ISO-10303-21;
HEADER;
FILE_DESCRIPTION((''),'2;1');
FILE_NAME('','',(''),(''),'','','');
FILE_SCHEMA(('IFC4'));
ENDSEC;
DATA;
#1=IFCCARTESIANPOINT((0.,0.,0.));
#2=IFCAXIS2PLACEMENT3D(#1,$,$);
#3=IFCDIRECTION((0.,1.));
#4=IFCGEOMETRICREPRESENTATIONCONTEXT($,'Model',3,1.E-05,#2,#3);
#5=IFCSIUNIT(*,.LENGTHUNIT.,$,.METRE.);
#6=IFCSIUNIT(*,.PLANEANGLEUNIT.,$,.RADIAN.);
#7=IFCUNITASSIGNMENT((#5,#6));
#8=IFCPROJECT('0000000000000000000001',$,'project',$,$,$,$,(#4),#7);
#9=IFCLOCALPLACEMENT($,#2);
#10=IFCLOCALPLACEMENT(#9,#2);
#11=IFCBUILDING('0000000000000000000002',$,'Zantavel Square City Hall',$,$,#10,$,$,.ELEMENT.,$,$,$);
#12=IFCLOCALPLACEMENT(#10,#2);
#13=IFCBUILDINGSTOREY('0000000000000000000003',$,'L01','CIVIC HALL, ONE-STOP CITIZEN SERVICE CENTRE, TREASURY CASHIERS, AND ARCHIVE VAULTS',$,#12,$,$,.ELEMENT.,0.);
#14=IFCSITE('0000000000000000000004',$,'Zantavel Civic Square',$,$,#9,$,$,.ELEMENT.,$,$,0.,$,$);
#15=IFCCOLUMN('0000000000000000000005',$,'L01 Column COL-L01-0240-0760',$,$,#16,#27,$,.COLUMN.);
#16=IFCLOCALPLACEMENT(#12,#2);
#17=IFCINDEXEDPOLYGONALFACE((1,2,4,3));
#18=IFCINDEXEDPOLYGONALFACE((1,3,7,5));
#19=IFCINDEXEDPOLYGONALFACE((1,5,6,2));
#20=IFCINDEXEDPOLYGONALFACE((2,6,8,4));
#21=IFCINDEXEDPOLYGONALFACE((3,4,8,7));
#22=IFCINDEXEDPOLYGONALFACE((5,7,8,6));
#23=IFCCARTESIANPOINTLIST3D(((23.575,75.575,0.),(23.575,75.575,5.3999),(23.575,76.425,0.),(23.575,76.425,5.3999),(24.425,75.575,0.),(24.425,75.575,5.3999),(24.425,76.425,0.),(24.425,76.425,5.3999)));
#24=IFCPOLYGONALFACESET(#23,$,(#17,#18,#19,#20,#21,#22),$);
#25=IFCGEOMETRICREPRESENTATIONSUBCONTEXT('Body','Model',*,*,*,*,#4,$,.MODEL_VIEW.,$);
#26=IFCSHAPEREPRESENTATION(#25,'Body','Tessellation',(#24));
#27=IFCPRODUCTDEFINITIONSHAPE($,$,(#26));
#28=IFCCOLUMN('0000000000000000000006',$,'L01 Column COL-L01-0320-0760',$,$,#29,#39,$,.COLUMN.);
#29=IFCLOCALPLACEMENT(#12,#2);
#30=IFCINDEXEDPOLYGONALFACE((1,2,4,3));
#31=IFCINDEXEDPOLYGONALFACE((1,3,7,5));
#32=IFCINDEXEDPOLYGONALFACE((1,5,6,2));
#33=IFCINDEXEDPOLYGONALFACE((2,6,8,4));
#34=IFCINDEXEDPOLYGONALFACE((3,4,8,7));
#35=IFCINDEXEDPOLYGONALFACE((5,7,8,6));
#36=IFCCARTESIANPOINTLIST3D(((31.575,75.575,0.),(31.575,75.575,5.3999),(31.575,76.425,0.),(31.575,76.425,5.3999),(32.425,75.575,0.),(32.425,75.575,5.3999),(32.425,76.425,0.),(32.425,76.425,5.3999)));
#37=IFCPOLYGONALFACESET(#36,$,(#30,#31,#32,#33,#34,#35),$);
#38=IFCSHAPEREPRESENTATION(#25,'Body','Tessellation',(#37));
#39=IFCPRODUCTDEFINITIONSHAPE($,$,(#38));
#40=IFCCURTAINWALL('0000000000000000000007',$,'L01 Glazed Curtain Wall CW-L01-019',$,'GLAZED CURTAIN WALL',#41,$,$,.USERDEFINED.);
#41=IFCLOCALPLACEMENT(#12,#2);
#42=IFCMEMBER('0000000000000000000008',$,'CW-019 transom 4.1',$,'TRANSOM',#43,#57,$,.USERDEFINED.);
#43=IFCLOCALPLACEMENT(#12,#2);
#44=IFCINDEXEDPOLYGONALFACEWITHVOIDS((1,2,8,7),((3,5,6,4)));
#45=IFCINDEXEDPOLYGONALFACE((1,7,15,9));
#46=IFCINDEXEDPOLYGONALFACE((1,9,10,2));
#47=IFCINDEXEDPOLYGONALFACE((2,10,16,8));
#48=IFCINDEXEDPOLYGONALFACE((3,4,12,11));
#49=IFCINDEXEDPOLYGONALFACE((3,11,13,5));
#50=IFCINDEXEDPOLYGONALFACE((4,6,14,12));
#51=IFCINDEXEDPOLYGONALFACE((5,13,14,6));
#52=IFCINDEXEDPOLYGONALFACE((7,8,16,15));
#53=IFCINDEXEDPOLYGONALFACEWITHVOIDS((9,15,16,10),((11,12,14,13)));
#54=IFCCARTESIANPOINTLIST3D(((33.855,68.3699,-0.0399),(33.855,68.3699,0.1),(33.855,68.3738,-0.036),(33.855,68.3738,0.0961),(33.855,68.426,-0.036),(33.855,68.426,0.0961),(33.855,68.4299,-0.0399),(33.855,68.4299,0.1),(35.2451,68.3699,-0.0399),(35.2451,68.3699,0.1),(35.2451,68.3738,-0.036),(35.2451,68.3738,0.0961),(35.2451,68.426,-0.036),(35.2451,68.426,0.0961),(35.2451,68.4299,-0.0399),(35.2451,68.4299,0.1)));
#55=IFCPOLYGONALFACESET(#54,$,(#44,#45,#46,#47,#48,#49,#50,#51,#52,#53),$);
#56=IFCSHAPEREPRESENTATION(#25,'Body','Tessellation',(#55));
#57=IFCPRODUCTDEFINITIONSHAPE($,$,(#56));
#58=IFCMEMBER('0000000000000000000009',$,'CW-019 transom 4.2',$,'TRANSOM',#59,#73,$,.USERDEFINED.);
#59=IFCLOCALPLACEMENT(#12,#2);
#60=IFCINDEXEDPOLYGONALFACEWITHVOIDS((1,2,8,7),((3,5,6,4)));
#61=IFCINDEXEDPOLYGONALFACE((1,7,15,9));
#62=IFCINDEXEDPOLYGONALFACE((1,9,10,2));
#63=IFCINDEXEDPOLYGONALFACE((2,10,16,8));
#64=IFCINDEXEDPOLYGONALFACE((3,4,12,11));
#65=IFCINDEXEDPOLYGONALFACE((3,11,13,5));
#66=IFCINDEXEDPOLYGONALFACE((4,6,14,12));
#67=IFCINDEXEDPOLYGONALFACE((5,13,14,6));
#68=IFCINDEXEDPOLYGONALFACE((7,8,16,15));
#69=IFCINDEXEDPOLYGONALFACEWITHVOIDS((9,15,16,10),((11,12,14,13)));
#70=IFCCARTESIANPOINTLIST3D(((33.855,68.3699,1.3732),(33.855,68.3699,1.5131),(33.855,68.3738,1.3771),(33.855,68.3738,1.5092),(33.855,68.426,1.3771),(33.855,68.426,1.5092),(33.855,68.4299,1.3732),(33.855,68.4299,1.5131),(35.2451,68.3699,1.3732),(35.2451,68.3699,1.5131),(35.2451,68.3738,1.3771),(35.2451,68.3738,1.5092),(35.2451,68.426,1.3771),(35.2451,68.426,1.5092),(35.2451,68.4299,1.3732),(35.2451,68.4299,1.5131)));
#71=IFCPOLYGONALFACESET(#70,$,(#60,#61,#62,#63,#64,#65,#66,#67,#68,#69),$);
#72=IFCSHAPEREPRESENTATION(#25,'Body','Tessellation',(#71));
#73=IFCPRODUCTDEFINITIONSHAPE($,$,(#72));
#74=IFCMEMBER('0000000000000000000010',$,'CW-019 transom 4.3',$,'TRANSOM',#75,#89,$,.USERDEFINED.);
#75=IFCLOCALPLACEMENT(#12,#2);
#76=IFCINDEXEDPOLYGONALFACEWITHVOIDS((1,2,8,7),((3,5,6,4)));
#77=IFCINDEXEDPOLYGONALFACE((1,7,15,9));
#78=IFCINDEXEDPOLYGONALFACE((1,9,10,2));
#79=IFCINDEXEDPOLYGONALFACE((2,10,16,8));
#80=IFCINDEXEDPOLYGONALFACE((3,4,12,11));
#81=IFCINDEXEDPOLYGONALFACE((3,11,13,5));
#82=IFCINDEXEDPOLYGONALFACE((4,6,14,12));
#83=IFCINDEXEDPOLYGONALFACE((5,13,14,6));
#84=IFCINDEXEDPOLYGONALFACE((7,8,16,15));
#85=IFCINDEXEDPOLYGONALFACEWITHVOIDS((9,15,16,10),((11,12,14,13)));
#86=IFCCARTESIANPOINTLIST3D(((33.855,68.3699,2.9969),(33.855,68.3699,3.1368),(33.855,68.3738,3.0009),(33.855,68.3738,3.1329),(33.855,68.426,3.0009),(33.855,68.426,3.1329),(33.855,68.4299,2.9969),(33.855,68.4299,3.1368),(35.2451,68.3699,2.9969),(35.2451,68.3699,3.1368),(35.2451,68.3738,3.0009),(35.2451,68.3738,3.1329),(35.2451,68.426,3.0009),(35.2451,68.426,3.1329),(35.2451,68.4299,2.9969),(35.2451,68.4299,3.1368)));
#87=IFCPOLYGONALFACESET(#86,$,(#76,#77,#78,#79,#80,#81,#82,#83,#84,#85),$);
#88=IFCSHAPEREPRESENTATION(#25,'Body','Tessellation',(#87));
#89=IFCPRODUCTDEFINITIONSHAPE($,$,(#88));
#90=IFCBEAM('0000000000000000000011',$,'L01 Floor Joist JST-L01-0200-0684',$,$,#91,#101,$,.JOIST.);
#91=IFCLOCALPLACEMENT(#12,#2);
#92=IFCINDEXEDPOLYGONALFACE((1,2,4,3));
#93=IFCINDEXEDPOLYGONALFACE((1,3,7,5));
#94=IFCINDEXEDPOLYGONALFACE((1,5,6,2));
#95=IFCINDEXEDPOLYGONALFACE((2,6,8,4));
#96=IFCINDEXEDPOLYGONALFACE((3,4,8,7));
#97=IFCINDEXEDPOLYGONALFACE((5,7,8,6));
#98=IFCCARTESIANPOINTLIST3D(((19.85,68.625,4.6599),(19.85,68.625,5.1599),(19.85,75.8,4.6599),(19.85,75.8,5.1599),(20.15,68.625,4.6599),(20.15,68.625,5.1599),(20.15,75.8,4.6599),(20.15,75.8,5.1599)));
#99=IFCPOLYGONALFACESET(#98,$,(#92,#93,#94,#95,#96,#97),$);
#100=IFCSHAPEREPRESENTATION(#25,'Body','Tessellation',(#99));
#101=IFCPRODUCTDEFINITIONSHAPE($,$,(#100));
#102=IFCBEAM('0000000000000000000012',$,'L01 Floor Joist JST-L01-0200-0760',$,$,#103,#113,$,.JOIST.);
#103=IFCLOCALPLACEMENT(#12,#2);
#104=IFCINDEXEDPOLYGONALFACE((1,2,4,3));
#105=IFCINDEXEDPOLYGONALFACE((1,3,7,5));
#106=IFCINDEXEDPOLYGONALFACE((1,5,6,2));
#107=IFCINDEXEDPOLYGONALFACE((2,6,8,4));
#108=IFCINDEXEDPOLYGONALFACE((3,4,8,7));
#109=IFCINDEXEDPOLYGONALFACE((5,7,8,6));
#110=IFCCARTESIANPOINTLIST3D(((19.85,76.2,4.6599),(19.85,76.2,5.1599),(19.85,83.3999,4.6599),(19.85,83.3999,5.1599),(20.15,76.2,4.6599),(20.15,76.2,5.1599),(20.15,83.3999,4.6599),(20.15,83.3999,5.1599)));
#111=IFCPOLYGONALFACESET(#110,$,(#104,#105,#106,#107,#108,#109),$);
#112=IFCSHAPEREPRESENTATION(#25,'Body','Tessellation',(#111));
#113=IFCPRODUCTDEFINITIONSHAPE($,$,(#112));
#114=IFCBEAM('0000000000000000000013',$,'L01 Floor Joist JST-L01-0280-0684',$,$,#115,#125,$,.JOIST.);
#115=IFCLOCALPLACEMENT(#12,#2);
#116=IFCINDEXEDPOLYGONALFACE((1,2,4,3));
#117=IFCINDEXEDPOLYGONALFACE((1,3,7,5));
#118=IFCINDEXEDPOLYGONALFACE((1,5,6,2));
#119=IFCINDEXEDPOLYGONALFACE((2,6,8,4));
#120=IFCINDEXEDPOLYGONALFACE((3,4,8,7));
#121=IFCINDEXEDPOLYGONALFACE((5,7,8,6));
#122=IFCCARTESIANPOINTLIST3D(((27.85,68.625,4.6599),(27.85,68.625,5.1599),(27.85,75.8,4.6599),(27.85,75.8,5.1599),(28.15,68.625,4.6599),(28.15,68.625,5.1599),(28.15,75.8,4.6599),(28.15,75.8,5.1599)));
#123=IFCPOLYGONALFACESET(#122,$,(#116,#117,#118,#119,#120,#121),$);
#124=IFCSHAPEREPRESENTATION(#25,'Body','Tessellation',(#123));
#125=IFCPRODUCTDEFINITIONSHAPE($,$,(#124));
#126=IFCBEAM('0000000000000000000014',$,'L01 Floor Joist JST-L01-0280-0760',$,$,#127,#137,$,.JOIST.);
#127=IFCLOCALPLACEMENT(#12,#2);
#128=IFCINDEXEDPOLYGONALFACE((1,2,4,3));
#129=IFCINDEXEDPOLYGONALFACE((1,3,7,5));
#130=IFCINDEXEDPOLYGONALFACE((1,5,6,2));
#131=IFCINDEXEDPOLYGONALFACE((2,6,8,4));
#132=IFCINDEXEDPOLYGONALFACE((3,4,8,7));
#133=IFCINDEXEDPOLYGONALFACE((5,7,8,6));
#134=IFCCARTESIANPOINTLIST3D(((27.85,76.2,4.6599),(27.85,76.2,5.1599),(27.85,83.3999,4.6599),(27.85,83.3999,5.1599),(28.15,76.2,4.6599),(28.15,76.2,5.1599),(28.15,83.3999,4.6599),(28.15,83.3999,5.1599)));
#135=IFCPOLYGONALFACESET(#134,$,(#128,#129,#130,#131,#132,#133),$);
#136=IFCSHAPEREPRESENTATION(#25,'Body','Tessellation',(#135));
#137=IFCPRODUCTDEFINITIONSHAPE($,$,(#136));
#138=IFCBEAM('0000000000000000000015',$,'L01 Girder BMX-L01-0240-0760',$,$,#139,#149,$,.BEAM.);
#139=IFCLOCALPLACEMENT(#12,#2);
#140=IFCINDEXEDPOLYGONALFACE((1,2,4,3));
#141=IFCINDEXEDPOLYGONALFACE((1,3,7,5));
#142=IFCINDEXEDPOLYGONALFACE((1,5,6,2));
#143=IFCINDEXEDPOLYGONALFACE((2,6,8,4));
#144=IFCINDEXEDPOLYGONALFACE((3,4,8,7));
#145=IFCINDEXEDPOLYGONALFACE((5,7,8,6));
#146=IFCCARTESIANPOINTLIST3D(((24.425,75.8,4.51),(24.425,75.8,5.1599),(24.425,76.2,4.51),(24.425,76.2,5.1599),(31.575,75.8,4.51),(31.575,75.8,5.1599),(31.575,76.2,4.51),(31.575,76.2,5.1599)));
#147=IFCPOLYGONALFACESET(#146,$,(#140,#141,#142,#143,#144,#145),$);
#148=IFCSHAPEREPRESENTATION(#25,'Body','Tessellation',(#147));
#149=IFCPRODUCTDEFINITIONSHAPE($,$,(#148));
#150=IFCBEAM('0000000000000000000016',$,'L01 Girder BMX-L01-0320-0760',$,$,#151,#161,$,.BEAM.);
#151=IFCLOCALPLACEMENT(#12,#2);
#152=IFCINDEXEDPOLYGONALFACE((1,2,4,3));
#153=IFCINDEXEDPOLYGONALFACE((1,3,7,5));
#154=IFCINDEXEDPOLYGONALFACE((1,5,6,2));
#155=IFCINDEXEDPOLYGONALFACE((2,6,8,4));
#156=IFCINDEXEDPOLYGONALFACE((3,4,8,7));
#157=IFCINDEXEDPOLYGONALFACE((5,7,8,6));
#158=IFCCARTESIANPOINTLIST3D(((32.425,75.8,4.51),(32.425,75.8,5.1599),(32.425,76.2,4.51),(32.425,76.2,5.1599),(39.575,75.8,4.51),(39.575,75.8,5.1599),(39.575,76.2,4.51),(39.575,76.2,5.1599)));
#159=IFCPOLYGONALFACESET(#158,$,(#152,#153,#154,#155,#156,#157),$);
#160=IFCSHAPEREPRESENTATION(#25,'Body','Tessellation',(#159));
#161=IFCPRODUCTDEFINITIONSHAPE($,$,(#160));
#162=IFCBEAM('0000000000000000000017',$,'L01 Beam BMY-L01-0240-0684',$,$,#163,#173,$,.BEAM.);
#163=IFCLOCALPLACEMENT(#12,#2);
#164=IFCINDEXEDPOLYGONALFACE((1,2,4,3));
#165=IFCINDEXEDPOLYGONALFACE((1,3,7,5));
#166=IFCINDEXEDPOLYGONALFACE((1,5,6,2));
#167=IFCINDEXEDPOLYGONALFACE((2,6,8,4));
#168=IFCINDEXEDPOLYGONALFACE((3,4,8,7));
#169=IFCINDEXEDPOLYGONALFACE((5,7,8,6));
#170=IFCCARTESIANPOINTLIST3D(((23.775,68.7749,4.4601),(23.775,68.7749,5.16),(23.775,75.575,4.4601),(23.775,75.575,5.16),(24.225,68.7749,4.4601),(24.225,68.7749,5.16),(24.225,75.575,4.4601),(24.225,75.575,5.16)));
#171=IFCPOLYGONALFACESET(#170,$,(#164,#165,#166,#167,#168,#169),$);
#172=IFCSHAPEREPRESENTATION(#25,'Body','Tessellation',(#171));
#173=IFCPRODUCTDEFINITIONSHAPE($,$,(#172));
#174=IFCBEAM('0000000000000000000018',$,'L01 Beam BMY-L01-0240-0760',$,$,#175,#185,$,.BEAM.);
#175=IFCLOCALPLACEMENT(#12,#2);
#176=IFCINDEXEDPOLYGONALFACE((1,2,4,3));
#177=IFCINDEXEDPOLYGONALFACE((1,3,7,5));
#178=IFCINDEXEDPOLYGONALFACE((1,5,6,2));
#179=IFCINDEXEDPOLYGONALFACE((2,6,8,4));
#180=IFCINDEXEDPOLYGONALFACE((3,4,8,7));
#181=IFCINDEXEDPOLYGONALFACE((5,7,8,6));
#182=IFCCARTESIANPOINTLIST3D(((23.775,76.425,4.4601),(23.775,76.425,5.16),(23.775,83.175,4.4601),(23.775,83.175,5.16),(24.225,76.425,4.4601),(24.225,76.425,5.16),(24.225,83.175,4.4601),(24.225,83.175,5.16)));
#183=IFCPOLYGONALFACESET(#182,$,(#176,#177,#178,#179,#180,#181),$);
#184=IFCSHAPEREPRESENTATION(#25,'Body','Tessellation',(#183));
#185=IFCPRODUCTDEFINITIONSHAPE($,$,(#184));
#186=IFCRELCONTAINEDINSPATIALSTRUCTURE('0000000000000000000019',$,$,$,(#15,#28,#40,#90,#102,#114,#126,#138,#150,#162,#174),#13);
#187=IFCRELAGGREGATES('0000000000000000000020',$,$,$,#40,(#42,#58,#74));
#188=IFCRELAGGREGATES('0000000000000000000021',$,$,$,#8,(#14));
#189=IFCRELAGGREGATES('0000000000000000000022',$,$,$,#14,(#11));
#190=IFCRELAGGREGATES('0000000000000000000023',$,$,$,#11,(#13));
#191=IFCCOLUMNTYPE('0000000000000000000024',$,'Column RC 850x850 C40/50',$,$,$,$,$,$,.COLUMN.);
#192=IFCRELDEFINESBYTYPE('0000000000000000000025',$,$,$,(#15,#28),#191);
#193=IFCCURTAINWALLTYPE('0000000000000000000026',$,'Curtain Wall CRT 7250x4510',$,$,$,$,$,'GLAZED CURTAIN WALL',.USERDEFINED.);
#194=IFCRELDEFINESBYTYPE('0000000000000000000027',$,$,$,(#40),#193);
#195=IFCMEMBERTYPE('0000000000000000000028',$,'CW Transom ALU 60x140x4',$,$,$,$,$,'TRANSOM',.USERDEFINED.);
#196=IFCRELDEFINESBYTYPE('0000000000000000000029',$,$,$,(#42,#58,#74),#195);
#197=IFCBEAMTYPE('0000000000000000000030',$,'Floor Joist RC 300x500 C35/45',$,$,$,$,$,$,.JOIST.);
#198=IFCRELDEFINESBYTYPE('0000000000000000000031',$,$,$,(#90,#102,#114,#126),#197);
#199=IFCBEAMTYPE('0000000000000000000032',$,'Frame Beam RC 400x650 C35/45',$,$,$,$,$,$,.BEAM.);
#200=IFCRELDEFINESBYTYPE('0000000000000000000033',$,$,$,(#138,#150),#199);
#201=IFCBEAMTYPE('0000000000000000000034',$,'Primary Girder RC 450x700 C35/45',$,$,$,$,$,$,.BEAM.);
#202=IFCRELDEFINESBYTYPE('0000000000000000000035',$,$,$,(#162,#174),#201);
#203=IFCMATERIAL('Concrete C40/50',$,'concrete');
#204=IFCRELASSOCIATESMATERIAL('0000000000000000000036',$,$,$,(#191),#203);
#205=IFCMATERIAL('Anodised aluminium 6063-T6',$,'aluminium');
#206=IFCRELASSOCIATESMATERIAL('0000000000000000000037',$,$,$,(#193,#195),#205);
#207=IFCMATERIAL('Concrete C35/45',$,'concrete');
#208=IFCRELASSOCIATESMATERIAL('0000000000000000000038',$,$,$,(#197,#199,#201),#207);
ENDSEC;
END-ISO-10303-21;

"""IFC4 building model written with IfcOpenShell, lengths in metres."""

from ifc_helpers import new_model, si_unit, direction, frame, origin, origin_2d, place, context, subcontext, project, spatial, rectangle, hollow_rectangle, extrude, material, material_profile, profile_set, type_object, element, aggregate, save


model = new_model("IFC4")

# Units and contexts
model_context = context("Model", 3, precision=1e-05, world=origin(), true_north=direction((0.0, 1.0)))
body_context = subcontext(model_context, "Body", "Model", "MODEL_VIEW")
ifc_project = project(units=[si_unit("LENGTHUNIT", "METRE"), si_unit("PLANEANGLEUNIT", "RADIAN")], contexts=[model_context])

# Site, building, storey
site_placement = place(None, origin())
site = spatial("IfcSite", under=ifc_project, at=site_placement, Name="Zantavel Civic Square", CompositionType="ELEMENT", RefElevation=0.0)
building_placement = place(site_placement, origin())
building = spatial("IfcBuilding", under=site, at=building_placement, Name="Zantavel Square City Hall", CompositionType="ELEMENT")
storey_placement = place(building_placement, origin())
storey = spatial("IfcBuildingStorey", under=building, at=storey_placement, Name="L01", Description="CIVIC HALL, ONE-STOP CITIZEN SERVICE CENTRE, TREASURY CASHIERS, AND ARCHIVE VAULTS", CompositionType="ELEMENT", Elevation=0.0)

# Columns
ifc_material_1 = material(Name="Concrete C40/50", Category="concrete")
ifc_material_profile_1 = material_profile(ifc_material_1, rectangle(XDim=0.8501, YDim=0.8501, at=origin_2d()), Name="RC 850x850")
ifc_profile_set_1 = profile_set([ifc_material_profile_1], Name="Concrete C40/50")
column_type = type_object("IfcColumnType", Name="Column RC 850x850 C40/50", PredefinedType="COLUMN", material=ifc_profile_set_1)
for number, where, z_axis, x_axis, name in (
    (1, (24.0, 76.0, 0.0), (0.0, 0.0, 1.0), (1.0, 0.0, 0.0), "L01 Column COL-L01-0240-0760"),
    (2, (32.0, 76.0, 0.0), (0.0, 0.0, 1.0), (1.0, 0.0, 0.0), "L01 Column COL-L01-0320-0760"),
):
    element("IfcColumn", number, at=place(storey_placement, frame(where, z_axis=z_axis, x_axis=x_axis)), inside=storey, type_object=column_type, Name=name, PredefinedType="COLUMN", context=body_context, shape_type="SweptSolid", body=[
        extrude(rectangle(XDim=0.8501, YDim=0.8501, at=origin_2d()), origin(), (0.0, 0.0, 1.0), 5.3999),
    ])

# Curtain wall, members
ifc_material_2 = material(Name="Anodised aluminium 6063-T6", Category="aluminium")
curtain_wall_type = type_object("IfcCurtainWallType", Name="Curtain Wall CRT 7250x4510", ElementType="GLAZED CURTAIN WALL", PredefinedType="USERDEFINED", material=ifc_material_2)
curtain_wall_placement = place(storey_placement, origin())
curtain_wall = element("IfcCurtainWall", 3, at=curtain_wall_placement, inside=storey, type_object=curtain_wall_type, Name="L01 Glazed Curtain Wall CW-L01-019", ObjectType="GLAZED CURTAIN WALL", PredefinedType="USERDEFINED")
ifc_material_profile_2 = material_profile(ifc_material_2, hollow_rectangle(XDim=0.0601, YDim=0.1399, WallThickness=0.0039, at=origin_2d()), Name="ALU 60x140x4")
ifc_profile_set_2 = profile_set([ifc_material_profile_2], Name="Anodised aluminium 6063-T6")
member_type = type_object("IfcMemberType", Name="CW Transom ALU 60x140x4", ElementType="TRANSOM", PredefinedType="USERDEFINED", material=ifc_profile_set_2)
member_1_placement = place(storey_placement, frame((35.2451, 68.3999, 0.03), z_axis=(-1.0, 0.0, 0.0), x_axis=(0.0, -1.0, 0.0)))
member_1 = element("IfcMember", 4, at=member_1_placement, type_object=member_type, Name="CW-019 transom 4.1", ObjectType="TRANSOM", PredefinedType="USERDEFINED", context=body_context, shape_type="SweptSolid", body=[
    extrude(hollow_rectangle(XDim=0.0601, YDim=0.1399, WallThickness=0.0039, at=origin_2d()), origin(), (0.0, 0.0, 1.0), 1.3901),
])
member_2_placement = place(storey_placement, frame((35.2451, 68.3999, 1.4431), z_axis=(-1.0, 0.0, 0.0), x_axis=(0.0, -1.0, 0.0)))
member_2 = element("IfcMember", 5, at=member_2_placement, type_object=member_type, Name="CW-019 transom 4.2", ObjectType="TRANSOM", PredefinedType="USERDEFINED", context=body_context, shape_type="SweptSolid", body=[
    extrude(hollow_rectangle(XDim=0.0601, YDim=0.1399, WallThickness=0.0039, at=origin_2d()), origin(), (0.0, 0.0, 1.0), 1.3901),
])
member_3_placement = place(storey_placement, frame((35.2451, 68.3999, 3.0669), z_axis=(-1.0, 0.0, 0.0), x_axis=(0.0, -1.0, 0.0)))
member_3 = element("IfcMember", 6, at=member_3_placement, type_object=member_type, Name="CW-019 transom 4.3", ObjectType="TRANSOM", PredefinedType="USERDEFINED", context=body_context, shape_type="SweptSolid", body=[
    extrude(hollow_rectangle(XDim=0.0601, YDim=0.1399, WallThickness=0.0039, at=origin_2d()), origin(), (0.0, 0.0, 1.0), 1.3901),
])

# Beams
ifc_material_3 = material(Name="Concrete C35/45", Category="concrete")
ifc_material_profile_3 = material_profile(ifc_material_3, rectangle(XDim=0.3, YDim=0.5, at=origin_2d()), Name="RC 300x500")
ifc_profile_set_3 = profile_set([ifc_material_profile_3], Name="Concrete C35/45")
beam_type_1 = type_object("IfcBeamType", Name="Floor Joist RC 300x500 C35/45", PredefinedType="JOIST", material=ifc_profile_set_3)
beam_1_placement = place(storey_placement, frame((20.0, 68.625, 4.9099), z_axis=(0.0, 1.0, 0.0), x_axis=(-1.0, 0.0, 0.0)))
element("IfcBeam", 7, at=beam_1_placement, inside=storey, type_object=beam_type_1, Name="L01 Floor Joist JST-L01-0200-0684", PredefinedType="JOIST", context=body_context, shape_type="SweptSolid", body=[
    extrude(rectangle(XDim=0.3, YDim=0.5, at=origin_2d()), origin(), (0.0, 0.0, 1.0), 7.175),
])
beam_2_placement = place(storey_placement, frame((20.0, 76.2, 4.9099), z_axis=(0.0, 1.0, 0.0), x_axis=(-1.0, 0.0, 0.0)))
element("IfcBeam", 8, at=beam_2_placement, inside=storey, type_object=beam_type_1, Name="L01 Floor Joist JST-L01-0200-0760", PredefinedType="JOIST", context=body_context, shape_type="SweptSolid", body=[
    extrude(rectangle(XDim=0.3, YDim=0.5, at=origin_2d()), origin(), (0.0, 0.0, 1.0), 7.2),
])
beam_3_placement = place(storey_placement, frame((28.0, 68.625, 4.9099), z_axis=(0.0, 1.0, 0.0), x_axis=(-1.0, 0.0, 0.0)))
element("IfcBeam", 9, at=beam_3_placement, inside=storey, type_object=beam_type_1, Name="L01 Floor Joist JST-L01-0280-0684", PredefinedType="JOIST", context=body_context, shape_type="SweptSolid", body=[
    extrude(rectangle(XDim=0.3, YDim=0.5, at=origin_2d()), origin(), (0.0, 0.0, 1.0), 7.175),
])
beam_4_placement = place(storey_placement, frame((28.0, 76.2, 4.9099), z_axis=(0.0, 1.0, 0.0), x_axis=(-1.0, 0.0, 0.0)))
element("IfcBeam", 10, at=beam_4_placement, inside=storey, type_object=beam_type_1, Name="L01 Floor Joist JST-L01-0280-0760", PredefinedType="JOIST", context=body_context, shape_type="SweptSolid", body=[
    extrude(rectangle(XDim=0.3, YDim=0.5, at=origin_2d()), origin(), (0.0, 0.0, 1.0), 7.2),
])
ifc_material_profile_4 = material_profile(ifc_material_3, rectangle(XDim=0.3999, YDim=0.6499, at=origin_2d()), Name="RC 400x650")
ifc_profile_set_4 = profile_set([ifc_material_profile_4], Name="Concrete C35/45")
beam_type_2 = type_object("IfcBeamType", Name="Frame Beam RC 400x650 C35/45", PredefinedType="BEAM", material=ifc_profile_set_4)
for number, where, z_axis, x_axis, name in (
    (11, (24.425, 76.0, 4.835), (1.0, 0.0, 0.0), (0.0, 1.0, 0.0), "L01 Girder BMX-L01-0240-0760"),
    (12, (32.425, 76.0, 4.835), (1.0, 0.0, 0.0), (0.0, 1.0, 0.0), "L01 Girder BMX-L01-0320-0760"),
):
    element("IfcBeam", number, at=place(storey_placement, frame(where, z_axis=z_axis, x_axis=x_axis)), inside=storey, type_object=beam_type_2, Name=name, PredefinedType="BEAM", context=body_context, shape_type="SweptSolid", body=[
        extrude(rectangle(XDim=0.3999, YDim=0.6499, at=origin_2d()), origin(), (0.0, 0.0, 1.0), 7.1499),
    ])
ifc_material_profile_5 = material_profile(ifc_material_3, rectangle(XDim=0.45, YDim=0.7, at=origin_2d()), Name="RC 450x700")
ifc_profile_set_5 = profile_set([ifc_material_profile_5], Name="Concrete C35/45")
beam_type_3 = type_object("IfcBeamType", Name="Primary Girder RC 450x700 C35/45", PredefinedType="BEAM", material=ifc_profile_set_5)
beam_5_placement = place(storey_placement, frame((24.0, 68.7749, 4.8101), z_axis=(0.0, 1.0, 0.0), x_axis=(-1.0, 0.0, 0.0)))
element("IfcBeam", 13, at=beam_5_placement, inside=storey, type_object=beam_type_3, Name="L01 Beam BMY-L01-0240-0684", PredefinedType="BEAM", context=body_context, shape_type="SweptSolid", body=[
    extrude(rectangle(XDim=0.45, YDim=0.7, at=origin_2d()), origin(), (0.0, 0.0, 1.0), 6.8),
])
beam_6_placement = place(storey_placement, frame((24.0, 76.425, 4.8101), z_axis=(0.0, 1.0, 0.0), x_axis=(-1.0, 0.0, 0.0)))
element("IfcBeam", 14, at=beam_6_placement, inside=storey, type_object=beam_type_3, Name="L01 Beam BMY-L01-0240-0760", PredefinedType="BEAM", context=body_context, shape_type="SweptSolid", body=[
    extrude(rectangle(XDim=0.45, YDim=0.7, at=origin_2d()), origin(), (0.0, 0.0, 1.0), 6.75),
])

aggregate(curtain_wall, [member_1, member_2, member_3])

save(model, "model.ifc")
